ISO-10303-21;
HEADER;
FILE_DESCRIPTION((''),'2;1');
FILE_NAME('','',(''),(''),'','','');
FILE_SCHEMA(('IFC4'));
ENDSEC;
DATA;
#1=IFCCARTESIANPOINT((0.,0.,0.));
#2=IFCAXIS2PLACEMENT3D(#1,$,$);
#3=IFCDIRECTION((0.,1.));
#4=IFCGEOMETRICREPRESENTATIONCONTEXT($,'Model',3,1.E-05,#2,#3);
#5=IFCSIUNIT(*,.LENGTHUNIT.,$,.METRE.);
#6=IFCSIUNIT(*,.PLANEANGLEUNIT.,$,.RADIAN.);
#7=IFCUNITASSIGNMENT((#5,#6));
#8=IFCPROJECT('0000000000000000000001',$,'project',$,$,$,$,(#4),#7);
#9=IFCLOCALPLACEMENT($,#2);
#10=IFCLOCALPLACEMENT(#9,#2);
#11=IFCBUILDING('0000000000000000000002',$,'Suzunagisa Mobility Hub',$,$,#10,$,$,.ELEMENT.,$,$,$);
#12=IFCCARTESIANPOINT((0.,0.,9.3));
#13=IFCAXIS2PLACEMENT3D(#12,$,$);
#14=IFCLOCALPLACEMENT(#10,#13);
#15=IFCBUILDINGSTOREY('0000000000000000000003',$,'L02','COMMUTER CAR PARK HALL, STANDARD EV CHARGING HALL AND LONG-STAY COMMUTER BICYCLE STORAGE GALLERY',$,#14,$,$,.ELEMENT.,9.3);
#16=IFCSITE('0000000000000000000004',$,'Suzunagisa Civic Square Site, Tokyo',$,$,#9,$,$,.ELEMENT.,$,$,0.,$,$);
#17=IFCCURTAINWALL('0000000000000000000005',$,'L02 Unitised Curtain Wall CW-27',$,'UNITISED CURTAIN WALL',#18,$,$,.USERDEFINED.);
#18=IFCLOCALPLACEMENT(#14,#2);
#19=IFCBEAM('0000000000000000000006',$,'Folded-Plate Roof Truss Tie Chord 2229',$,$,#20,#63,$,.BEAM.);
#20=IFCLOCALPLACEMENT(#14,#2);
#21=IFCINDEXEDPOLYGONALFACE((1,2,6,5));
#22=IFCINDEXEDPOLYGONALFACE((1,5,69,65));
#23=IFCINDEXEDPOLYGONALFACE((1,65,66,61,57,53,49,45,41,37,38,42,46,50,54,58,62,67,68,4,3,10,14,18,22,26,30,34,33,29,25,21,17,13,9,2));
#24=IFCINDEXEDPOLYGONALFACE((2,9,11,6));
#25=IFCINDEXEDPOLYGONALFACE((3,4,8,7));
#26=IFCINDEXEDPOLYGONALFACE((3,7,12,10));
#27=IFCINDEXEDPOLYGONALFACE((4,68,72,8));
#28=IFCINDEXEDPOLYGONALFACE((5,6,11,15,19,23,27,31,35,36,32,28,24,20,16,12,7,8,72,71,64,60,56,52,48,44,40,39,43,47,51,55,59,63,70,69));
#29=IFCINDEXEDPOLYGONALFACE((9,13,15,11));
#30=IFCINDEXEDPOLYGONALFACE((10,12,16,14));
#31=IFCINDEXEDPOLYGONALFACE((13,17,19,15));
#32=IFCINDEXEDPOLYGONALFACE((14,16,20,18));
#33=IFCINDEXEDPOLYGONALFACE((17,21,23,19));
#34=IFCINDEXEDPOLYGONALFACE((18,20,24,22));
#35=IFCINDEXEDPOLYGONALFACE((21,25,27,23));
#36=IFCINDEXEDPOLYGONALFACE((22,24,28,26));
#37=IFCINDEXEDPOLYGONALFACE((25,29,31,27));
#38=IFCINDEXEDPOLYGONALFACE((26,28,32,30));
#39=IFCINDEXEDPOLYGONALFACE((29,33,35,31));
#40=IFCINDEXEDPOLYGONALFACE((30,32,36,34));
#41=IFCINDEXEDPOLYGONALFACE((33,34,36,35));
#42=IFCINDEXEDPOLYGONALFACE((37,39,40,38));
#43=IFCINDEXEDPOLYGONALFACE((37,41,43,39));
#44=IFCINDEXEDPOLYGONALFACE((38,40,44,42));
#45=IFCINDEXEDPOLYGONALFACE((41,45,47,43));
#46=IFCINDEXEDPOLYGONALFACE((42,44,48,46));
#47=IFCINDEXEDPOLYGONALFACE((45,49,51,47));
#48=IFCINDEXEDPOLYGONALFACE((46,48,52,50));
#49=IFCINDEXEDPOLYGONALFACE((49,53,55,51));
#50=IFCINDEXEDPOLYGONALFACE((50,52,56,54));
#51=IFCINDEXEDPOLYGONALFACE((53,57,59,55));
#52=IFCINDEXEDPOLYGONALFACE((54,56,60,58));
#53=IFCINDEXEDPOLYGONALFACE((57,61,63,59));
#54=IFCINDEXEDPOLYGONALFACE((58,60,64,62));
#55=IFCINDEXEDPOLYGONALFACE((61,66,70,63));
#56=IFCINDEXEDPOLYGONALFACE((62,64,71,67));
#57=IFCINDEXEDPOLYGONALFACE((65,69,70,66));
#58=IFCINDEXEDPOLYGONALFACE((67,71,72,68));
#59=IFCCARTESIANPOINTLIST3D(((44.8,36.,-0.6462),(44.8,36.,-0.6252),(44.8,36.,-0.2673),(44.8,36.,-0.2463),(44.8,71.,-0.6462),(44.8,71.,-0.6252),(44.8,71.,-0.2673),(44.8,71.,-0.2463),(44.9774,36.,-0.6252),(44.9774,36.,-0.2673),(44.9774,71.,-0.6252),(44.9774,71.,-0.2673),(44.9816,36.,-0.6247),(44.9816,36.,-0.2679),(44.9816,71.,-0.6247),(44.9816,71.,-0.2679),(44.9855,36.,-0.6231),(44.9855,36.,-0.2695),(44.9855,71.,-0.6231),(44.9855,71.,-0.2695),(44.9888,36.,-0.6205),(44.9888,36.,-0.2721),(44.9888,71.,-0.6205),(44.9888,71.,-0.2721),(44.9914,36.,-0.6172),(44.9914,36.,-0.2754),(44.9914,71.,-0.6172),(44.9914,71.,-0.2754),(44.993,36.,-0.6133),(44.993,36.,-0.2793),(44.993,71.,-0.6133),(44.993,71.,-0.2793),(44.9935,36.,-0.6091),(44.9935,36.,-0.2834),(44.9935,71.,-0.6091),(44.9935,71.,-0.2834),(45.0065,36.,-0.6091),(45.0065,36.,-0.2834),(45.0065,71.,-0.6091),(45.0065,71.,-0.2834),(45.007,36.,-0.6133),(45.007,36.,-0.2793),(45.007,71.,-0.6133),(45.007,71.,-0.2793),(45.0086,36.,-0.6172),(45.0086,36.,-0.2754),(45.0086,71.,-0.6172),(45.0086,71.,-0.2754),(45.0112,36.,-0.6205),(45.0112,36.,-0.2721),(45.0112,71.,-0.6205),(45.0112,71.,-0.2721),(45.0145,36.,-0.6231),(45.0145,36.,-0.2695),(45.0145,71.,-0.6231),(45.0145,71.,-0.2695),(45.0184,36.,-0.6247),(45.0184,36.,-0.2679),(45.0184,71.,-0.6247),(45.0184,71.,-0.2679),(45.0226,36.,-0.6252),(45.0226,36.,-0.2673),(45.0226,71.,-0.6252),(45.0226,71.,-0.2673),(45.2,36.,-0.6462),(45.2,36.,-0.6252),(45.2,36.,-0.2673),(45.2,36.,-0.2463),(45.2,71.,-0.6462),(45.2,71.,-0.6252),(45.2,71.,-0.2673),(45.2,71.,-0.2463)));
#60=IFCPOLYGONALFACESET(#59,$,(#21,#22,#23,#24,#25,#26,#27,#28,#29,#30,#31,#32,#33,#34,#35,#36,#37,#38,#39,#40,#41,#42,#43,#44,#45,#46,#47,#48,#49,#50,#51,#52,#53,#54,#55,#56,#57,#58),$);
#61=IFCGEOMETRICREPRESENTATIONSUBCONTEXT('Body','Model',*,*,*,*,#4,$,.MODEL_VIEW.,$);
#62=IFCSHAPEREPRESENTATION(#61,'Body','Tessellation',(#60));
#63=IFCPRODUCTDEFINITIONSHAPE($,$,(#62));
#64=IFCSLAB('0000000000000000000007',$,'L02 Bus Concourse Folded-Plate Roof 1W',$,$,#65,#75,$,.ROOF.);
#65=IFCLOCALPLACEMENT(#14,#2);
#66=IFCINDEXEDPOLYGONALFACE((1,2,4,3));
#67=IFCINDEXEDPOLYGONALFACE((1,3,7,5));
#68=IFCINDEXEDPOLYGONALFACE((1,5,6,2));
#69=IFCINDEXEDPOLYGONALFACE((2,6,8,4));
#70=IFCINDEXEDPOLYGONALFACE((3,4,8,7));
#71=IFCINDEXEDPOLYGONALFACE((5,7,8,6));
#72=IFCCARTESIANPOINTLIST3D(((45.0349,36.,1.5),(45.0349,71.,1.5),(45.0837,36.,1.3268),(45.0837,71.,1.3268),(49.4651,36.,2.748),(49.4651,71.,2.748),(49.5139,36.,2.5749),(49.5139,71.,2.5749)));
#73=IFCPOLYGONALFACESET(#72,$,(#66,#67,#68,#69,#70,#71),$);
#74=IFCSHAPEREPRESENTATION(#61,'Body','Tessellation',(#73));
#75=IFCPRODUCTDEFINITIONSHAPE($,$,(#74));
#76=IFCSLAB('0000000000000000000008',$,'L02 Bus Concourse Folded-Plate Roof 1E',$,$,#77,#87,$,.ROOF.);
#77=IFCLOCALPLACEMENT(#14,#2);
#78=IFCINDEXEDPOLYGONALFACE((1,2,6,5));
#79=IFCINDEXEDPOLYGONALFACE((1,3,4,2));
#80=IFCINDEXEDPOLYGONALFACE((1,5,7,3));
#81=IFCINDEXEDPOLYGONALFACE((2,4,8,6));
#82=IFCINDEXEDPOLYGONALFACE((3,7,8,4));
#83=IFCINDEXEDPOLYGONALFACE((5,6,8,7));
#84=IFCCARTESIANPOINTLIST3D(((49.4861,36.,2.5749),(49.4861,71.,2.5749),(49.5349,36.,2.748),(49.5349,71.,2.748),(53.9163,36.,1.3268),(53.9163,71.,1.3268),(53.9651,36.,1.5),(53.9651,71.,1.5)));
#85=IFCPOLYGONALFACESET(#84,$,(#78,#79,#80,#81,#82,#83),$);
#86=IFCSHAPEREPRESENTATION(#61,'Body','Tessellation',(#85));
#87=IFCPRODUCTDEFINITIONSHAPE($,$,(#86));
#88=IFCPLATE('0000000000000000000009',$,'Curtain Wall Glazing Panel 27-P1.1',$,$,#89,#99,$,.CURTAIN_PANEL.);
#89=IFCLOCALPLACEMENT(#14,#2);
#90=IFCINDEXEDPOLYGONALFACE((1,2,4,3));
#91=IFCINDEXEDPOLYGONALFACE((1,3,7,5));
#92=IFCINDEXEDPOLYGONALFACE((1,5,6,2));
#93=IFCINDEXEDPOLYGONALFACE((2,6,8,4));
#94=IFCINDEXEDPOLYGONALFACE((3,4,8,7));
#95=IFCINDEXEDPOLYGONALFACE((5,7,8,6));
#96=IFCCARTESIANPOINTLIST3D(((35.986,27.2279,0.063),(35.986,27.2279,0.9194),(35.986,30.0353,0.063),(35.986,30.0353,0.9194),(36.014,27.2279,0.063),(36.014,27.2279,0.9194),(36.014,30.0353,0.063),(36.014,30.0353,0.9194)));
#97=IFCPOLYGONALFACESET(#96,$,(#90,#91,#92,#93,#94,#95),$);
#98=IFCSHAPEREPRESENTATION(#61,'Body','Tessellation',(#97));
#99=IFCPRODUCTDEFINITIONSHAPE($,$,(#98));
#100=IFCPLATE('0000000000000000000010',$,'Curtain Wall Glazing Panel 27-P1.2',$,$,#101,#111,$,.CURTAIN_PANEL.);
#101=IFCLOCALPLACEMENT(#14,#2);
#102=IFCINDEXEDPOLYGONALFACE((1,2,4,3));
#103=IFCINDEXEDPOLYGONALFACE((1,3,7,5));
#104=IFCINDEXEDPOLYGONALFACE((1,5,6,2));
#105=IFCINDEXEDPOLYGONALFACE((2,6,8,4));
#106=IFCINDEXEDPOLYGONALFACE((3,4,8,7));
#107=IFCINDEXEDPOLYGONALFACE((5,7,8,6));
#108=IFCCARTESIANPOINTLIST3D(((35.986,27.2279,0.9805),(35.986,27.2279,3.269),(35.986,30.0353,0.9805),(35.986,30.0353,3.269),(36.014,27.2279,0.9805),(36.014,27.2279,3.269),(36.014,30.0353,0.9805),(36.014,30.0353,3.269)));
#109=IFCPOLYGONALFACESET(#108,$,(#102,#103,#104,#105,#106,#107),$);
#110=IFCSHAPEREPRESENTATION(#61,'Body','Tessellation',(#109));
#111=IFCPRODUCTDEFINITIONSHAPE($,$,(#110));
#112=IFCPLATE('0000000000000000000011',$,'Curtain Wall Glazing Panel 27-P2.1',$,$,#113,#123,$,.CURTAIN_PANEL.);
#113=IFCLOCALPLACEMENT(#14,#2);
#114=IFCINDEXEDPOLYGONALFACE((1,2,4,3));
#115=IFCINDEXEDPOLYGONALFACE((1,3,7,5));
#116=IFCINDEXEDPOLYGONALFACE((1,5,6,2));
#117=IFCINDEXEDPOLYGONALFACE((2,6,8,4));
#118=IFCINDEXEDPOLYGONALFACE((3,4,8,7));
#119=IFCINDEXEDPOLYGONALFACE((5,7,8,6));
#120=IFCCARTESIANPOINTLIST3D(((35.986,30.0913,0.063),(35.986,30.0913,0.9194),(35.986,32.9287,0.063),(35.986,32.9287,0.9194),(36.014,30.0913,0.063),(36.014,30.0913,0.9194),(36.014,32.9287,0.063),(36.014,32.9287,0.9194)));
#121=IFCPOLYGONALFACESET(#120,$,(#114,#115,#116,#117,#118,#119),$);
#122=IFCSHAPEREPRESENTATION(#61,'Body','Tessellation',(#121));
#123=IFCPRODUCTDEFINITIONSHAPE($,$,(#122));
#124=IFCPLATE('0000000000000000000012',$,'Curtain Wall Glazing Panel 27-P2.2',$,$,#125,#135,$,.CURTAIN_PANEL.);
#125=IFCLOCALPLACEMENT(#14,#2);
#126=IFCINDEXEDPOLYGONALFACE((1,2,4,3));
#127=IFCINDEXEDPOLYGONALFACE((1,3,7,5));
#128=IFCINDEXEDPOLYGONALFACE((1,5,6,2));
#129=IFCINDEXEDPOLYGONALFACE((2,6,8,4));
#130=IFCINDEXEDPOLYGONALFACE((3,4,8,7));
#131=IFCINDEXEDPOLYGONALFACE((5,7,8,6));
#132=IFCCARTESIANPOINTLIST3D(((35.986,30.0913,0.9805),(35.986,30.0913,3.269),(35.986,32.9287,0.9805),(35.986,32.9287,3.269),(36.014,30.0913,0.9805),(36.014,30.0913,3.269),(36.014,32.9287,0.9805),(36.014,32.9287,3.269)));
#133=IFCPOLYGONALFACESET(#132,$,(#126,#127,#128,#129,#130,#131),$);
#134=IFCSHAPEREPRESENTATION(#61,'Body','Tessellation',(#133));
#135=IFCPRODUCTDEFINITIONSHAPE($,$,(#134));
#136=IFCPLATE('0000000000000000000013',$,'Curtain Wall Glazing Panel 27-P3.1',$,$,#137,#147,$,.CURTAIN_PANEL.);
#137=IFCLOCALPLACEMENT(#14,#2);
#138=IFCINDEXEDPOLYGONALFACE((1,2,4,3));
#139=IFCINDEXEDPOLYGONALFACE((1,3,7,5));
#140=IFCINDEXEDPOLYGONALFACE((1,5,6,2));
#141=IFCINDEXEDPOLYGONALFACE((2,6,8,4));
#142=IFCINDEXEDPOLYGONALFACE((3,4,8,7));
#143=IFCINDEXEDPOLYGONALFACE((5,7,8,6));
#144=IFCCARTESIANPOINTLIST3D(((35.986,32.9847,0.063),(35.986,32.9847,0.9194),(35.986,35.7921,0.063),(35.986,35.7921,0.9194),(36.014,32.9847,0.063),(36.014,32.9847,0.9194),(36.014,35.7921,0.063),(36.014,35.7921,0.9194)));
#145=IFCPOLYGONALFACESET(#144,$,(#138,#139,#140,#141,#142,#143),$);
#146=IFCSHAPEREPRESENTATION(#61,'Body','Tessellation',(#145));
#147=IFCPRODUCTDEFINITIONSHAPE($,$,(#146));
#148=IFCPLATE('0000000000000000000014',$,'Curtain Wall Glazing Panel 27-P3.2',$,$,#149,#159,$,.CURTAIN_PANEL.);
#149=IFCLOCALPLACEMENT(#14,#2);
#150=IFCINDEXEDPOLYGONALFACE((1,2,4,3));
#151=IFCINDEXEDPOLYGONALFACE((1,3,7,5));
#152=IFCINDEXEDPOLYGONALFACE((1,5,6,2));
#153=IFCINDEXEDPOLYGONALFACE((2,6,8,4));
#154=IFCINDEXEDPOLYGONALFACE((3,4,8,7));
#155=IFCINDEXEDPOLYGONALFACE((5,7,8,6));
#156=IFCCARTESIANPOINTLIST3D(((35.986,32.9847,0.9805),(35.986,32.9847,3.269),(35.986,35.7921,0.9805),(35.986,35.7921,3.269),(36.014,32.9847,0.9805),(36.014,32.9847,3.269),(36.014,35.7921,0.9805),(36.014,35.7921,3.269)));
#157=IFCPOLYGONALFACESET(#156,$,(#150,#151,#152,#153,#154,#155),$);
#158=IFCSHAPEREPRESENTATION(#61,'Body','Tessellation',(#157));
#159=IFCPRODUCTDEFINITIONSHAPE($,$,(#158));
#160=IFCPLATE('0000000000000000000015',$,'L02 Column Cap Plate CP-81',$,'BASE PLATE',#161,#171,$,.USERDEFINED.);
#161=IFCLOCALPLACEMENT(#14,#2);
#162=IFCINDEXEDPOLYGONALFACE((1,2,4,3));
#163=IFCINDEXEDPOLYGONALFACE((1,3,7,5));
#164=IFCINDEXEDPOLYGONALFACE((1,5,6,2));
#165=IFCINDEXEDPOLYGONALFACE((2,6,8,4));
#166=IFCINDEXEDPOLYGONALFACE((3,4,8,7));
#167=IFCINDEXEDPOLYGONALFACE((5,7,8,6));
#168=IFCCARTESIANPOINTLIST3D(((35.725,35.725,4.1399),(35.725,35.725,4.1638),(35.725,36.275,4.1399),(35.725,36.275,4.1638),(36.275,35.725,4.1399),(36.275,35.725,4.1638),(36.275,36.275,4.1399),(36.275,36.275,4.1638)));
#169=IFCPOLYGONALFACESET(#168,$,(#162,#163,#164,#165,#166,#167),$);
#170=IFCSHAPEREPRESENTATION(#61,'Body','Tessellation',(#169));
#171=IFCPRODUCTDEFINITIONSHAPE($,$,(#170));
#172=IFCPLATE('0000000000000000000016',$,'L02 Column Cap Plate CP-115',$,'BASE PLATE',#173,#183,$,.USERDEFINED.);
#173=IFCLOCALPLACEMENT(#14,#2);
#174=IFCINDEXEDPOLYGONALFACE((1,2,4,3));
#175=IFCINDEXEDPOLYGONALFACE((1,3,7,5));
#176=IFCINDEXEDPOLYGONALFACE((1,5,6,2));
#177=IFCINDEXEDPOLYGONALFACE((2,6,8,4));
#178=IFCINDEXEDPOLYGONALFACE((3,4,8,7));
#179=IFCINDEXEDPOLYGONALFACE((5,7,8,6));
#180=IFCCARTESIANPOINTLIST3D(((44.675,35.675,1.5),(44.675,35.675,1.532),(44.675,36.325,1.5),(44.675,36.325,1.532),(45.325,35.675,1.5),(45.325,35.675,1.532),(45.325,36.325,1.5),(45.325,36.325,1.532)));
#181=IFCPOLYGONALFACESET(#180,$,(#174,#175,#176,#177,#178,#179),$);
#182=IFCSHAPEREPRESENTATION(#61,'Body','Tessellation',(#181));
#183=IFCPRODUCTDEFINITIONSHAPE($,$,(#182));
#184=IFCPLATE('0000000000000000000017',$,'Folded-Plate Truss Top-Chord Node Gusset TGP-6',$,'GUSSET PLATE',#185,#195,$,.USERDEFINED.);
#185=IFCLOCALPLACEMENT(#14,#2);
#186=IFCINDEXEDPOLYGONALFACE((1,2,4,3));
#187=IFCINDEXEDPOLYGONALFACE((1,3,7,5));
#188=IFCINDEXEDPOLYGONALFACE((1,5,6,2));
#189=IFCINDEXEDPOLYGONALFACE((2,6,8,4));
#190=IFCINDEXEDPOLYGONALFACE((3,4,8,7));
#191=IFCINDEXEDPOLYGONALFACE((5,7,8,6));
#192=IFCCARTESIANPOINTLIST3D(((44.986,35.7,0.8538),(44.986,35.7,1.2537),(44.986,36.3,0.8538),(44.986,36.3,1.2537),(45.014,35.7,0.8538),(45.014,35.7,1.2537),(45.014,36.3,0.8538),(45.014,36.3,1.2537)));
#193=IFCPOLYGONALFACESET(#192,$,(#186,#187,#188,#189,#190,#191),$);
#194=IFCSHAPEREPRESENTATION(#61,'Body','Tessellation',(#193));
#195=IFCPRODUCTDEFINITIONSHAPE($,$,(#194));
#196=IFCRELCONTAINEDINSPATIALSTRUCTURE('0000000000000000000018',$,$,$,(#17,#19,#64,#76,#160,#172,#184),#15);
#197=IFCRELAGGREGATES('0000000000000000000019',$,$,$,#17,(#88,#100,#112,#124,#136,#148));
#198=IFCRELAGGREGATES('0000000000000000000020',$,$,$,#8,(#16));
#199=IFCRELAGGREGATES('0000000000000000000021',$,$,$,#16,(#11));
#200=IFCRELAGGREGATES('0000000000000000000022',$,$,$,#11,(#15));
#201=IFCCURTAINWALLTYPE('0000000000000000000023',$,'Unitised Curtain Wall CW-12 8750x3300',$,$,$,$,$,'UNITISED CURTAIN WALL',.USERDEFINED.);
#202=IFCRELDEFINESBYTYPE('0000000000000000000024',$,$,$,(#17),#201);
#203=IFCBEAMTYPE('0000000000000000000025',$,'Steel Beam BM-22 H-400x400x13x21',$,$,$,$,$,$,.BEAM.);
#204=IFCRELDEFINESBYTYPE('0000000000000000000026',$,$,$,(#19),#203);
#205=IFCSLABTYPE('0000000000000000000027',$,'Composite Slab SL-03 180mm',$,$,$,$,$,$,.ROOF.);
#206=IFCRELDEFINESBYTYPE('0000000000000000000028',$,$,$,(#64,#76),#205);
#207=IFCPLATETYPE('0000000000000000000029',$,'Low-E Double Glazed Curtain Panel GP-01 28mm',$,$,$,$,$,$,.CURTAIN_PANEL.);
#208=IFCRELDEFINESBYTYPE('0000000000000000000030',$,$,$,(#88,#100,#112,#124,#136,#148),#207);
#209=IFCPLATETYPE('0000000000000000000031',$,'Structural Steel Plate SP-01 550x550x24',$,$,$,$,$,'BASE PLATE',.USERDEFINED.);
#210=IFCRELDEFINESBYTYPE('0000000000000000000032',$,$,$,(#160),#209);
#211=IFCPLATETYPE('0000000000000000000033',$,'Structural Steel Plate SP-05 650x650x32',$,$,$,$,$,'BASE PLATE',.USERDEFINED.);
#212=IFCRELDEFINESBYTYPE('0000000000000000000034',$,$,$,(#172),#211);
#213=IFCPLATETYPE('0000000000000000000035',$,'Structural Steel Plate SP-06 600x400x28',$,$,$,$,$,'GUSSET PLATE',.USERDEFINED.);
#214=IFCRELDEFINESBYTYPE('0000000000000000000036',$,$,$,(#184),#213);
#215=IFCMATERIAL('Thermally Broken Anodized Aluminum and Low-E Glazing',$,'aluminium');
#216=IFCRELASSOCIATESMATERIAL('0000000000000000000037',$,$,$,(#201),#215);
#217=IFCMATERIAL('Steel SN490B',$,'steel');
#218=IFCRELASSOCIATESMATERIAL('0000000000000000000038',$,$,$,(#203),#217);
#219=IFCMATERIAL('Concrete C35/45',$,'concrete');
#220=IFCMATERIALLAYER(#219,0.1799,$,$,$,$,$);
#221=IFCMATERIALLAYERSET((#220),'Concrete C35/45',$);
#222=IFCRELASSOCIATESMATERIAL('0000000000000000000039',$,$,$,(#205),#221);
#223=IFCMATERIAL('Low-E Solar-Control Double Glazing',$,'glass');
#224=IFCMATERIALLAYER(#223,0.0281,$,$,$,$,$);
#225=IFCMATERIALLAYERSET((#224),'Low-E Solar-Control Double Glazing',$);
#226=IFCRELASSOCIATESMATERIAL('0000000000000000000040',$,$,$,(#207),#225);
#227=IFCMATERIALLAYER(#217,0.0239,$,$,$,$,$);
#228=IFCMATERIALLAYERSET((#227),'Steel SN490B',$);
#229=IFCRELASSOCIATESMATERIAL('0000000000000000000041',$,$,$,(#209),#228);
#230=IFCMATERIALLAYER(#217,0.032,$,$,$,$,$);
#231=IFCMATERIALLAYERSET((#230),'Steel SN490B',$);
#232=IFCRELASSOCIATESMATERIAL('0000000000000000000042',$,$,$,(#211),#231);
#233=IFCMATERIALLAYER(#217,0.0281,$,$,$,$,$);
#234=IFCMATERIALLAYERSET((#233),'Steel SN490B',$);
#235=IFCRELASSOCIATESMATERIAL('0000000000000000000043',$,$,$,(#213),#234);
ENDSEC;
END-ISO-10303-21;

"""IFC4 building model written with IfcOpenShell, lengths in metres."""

from ifc_helpers import new_model, si_unit, direction, frame, origin, origin_2d, place, context, subcontext, project, spatial, polyline, rectangle, i_section, outline, extrude, material, layer, layer_set, material_profile, profile_set, type_object, element, aggregate, save


model = new_model("IFC4")

# Units and contexts
model_context = context("Model", 3, precision=1e-05, world=origin(), true_north=direction((0.0, 1.0)))
body_context = subcontext(model_context, "Body", "Model", "MODEL_VIEW")
ifc_project = project(units=[si_unit("LENGTHUNIT", "METRE"), si_unit("PLANEANGLEUNIT", "RADIAN")], contexts=[model_context])

# Site, building, storey
site_placement = place(None, origin())
site = spatial("IfcSite", under=ifc_project, at=site_placement, Name="Suzunagisa Civic Square Site, Tokyo", CompositionType="ELEMENT", RefElevation=0.0)
building_placement = place(site_placement, origin())
building = spatial("IfcBuilding", under=site, at=building_placement, Name="Suzunagisa Mobility Hub", CompositionType="ELEMENT")
storey_placement = place(building_placement, frame((0.0, 0.0, 9.3)))
storey = spatial("IfcBuildingStorey", under=building, at=storey_placement, Name="L02", Description="COMMUTER CAR PARK HALL, STANDARD EV CHARGING HALL AND LONG-STAY COMMUTER BICYCLE STORAGE GALLERY", CompositionType="ELEMENT", Elevation=9.3)

# Shared definitions
ifc_material_1 = material(Name="Steel SN490B", Category="steel")

# Curtain wall
ifc_material_2 = material(Name="Thermally Broken Anodized Aluminum and Low-E Glazing", Category="aluminium")
curtain_wall_type = type_object("IfcCurtainWallType", Name="Unitised Curtain Wall CW-12 8750x3300", ElementType="UNITISED CURTAIN WALL", PredefinedType="USERDEFINED", material=ifc_material_2)
curtain_wall_placement = place(storey_placement, origin())
curtain_wall = element("IfcCurtainWall", 1, at=curtain_wall_placement, inside=storey, type_object=curtain_wall_type, Name="L02 Unitised Curtain Wall CW-27", ObjectType="UNITISED CURTAIN WALL", PredefinedType="USERDEFINED")

# Beam
ifc_material_profile_1 = material_profile(ifc_material_1, i_section(OverallWidth=0.3999, OverallDepth=0.3999, WebThickness=0.0129, FlangeThickness=0.021, FilletRadius=0.0161, at=origin_2d()), Name="H-400x400x13x21")
ifc_profile_set_1 = profile_set([ifc_material_profile_1], Name="Steel SN490B")
beam_type_1 = type_object("IfcBeamType", Name="Steel Beam BM-22 H-400x400x13x21", PredefinedType="BEAM", material=ifc_profile_set_1)
beam_1_placement = place(storey_placement, frame((45.0, 36.0, -0.4463), z_axis=(0.0, 1.0, 0.0), x_axis=(-1.0, 0.0, 0.0)))
element("IfcBeam", 2, at=beam_1_placement, inside=storey, type_object=beam_type_1, Name="Folded-Plate Roof Truss Tie Chord 2229", PredefinedType="BEAM", context=body_context, shape_type="SweptSolid", body=[
    extrude(i_section(OverallWidth=0.3999, OverallDepth=0.3999, WebThickness=0.0129, FlangeThickness=0.021, FilletRadius=0.0161, at=origin_2d()), origin(), (0.0, 0.0, 1.0), 35.0),
])

# Slabs
ifc_material_3 = material(Name="Concrete C35/45", Category="concrete")
ifc_layer_1 = layer(ifc_material_3, 0.1799)
ifc_layer_set_1 = layer_set([ifc_layer_1], Name="Concrete C35/45")
slab_type = type_object("IfcSlabType", Name="Composite Slab SL-03 180mm", PredefinedType="ROOF", material=ifc_layer_set_1)
for number, where, z_axis, x_axis, name in (
    (3, (45.0349, 36.0, 1.5), (-0.27116, 0.0, 0.962534), (0.962534, 0.0, 0.27116), "L02 Bus Concourse Folded-Plate Roof 1W"),
    (4, (49.5349, 36.0, 2.748), (0.27116, 0.0, 0.962534), (0.962534, 0.0, -0.27116), "L02 Bus Concourse Folded-Plate Roof 1E"),
):
    element("IfcSlab", number, at=place(storey_placement, frame(where, z_axis=z_axis, x_axis=x_axis)), inside=storey, type_object=slab_type, Name=name, PredefinedType="ROOF", context=body_context, shape_type="SweptSolid", body=[
        extrude(outline(polyline([(0.0, 0.0), (4.6026, 0.0), (4.6026, 35.0), (0.0, 35.0), (0.0, 0.0)])), origin(), (0.0, 0.0, -1.0), 0.1799),
    ])

# Plates
ifc_material_4 = material(Name="Low-E Solar-Control Double Glazing", Category="glass")
ifc_layer_2 = layer(ifc_material_4, 0.0281)
ifc_layer_set_2 = layer_set([ifc_layer_2], Name="Low-E Solar-Control Double Glazing")
plate_type_1 = type_object("IfcPlateType", Name="Low-E Double Glazed Curtain Panel GP-01 28mm", PredefinedType="CURTAIN_PANEL", material=ifc_layer_set_2)
plate_1_placement = place(storey_placement, frame((36.0, 28.6316, 0.063), z_axis=(0.0, 0.0, 1.0), x_axis=(0.0, 1.0, 0.0)))
plate_1 = element("IfcPlate", 5, at=plate_1_placement, type_object=plate_type_1, Name="Curtain Wall Glazing Panel 27-P1.1", PredefinedType="CURTAIN_PANEL", context=body_context, shape_type="SweptSolid", body=[
    extrude(rectangle(XDim=2.8074, YDim=0.0281, at=origin_2d()), origin(), (0.0, 0.0, 1.0), 0.8564),
])
plate_2_placement = place(storey_placement, frame((36.0, 28.6316, 0.9805), z_axis=(0.0, 0.0, 1.0), x_axis=(0.0, 1.0, 0.0)))
plate_2 = element("IfcPlate", 6, at=plate_2_placement, type_object=plate_type_1, Name="Curtain Wall Glazing Panel 27-P1.2", PredefinedType="CURTAIN_PANEL", context=body_context, shape_type="SweptSolid", body=[
    extrude(rectangle(XDim=2.8074, YDim=0.0281, at=origin_2d()), origin(), (0.0, 0.0, 1.0), 2.2886),
])
plate_3_placement = place(storey_placement, frame((36.0, 31.51, 0.063), z_axis=(0.0, 0.0, 1.0), x_axis=(0.0, 1.0, 0.0)))
plate_3 = element("IfcPlate", 7, at=plate_3_placement, type_object=plate_type_1, Name="Curtain Wall Glazing Panel 27-P2.1", PredefinedType="CURTAIN_PANEL", context=body_context, shape_type="SweptSolid", body=[
    extrude(rectangle(XDim=2.8374, YDim=0.0281, at=origin_2d()), origin(), (0.0, 0.0, 1.0), 0.8564),
])
plate_4_placement = place(storey_placement, frame((36.0, 31.51, 0.9805), z_axis=(0.0, 0.0, 1.0), x_axis=(0.0, 1.0, 0.0)))
plate_4 = element("IfcPlate", 8, at=plate_4_placement, type_object=plate_type_1, Name="Curtain Wall Glazing Panel 27-P2.2", PredefinedType="CURTAIN_PANEL", context=body_context, shape_type="SweptSolid", body=[
    extrude(rectangle(XDim=2.8374, YDim=0.0281, at=origin_2d()), origin(), (0.0, 0.0, 1.0), 2.2886),
])
plate_5_placement = place(storey_placement, frame((36.0, 34.3884, 0.063), z_axis=(0.0, 0.0, 1.0), x_axis=(0.0, 1.0, 0.0)))
plate_5 = element("IfcPlate", 9, at=plate_5_placement, type_object=plate_type_1, Name="Curtain Wall Glazing Panel 27-P3.1", PredefinedType="CURTAIN_PANEL", context=body_context, shape_type="SweptSolid", body=[
    extrude(rectangle(XDim=2.8074, YDim=0.0281, at=origin_2d()), origin(), (0.0, 0.0, 1.0), 0.8564),
])
plate_6_placement = place(storey_placement, frame((36.0, 34.3884, 0.9805), z_axis=(0.0, 0.0, 1.0), x_axis=(0.0, 1.0, 0.0)))
plate_6 = element("IfcPlate", 10, at=plate_6_placement, type_object=plate_type_1, Name="Curtain Wall Glazing Panel 27-P3.2", PredefinedType="CURTAIN_PANEL", context=body_context, shape_type="SweptSolid", body=[
    extrude(rectangle(XDim=2.8074, YDim=0.0281, at=origin_2d()), origin(), (0.0, 0.0, 1.0), 2.2886),
])
aggregate(curtain_wall, [plate_1, plate_2, plate_3, plate_4, plate_5, plate_6])

# Plates
ifc_layer_3 = layer(ifc_material_1, 0.0239)
ifc_layer_set_3 = layer_set([ifc_layer_3], Name="Steel SN490B")
plate_type_2 = type_object("IfcPlateType", Name="Structural Steel Plate SP-01 550x550x24", ElementType="BASE PLATE", PredefinedType="USERDEFINED", material=ifc_layer_set_3)
plate_7_placement = place(storey_placement, frame((36.0, 36.0, 4.1399), z_axis=(0.0, 0.0, 1.0), x_axis=(1.0, 0.0, 0.0)))
element("IfcPlate", 11, at=plate_7_placement, inside=storey, type_object=plate_type_2, Name="L02 Column Cap Plate CP-81", ObjectType="BASE PLATE", PredefinedType="USERDEFINED", context=body_context, shape_type="SweptSolid", body=[
    extrude(rectangle(XDim=0.55, YDim=0.55, at=origin_2d()), origin(), (0.0, 0.0, 1.0), 0.0239),
])
ifc_layer_4 = layer(ifc_material_1, 0.032)
ifc_layer_set_4 = layer_set([ifc_layer_4], Name="Steel SN490B")
plate_type_3 = type_object("IfcPlateType", Name="Structural Steel Plate SP-05 650x650x32", ElementType="BASE PLATE", PredefinedType="USERDEFINED", material=ifc_layer_set_4)
plate_8_placement = place(storey_placement, frame((45.0, 36.0, 1.5), z_axis=(0.0, 0.0, 1.0), x_axis=(1.0, 0.0, 0.0)))
element("IfcPlate", 12, at=plate_8_placement, inside=storey, type_object=plate_type_3, Name="L02 Column Cap Plate CP-115", ObjectType="BASE PLATE", PredefinedType="USERDEFINED", context=body_context, shape_type="SweptSolid", body=[
    extrude(rectangle(XDim=0.6499, YDim=0.6499, at=origin_2d()), origin(), (0.0, 0.0, 1.0), 0.032),
])
ifc_layer_5 = layer(ifc_material_1, 0.0281)
ifc_layer_set_5 = layer_set([ifc_layer_5], Name="Steel SN490B")
plate_type_4 = type_object("IfcPlateType", Name="Structural Steel Plate SP-06 600x400x28", ElementType="GUSSET PLATE", PredefinedType="USERDEFINED", material=ifc_layer_set_5)
plate_9_placement = place(storey_placement, frame((45.0, 36.0, 0.8538), z_axis=(0.0, 0.0, 1.0), x_axis=(1.0, 0.0, 0.0)))
element("IfcPlate", 13, at=plate_9_placement, inside=storey, type_object=plate_type_4, Name="Folded-Plate Truss Top-Chord Node Gusset TGP-6", ObjectType="GUSSET PLATE", PredefinedType="USERDEFINED", context=body_context, shape_type="SweptSolid", body=[
    extrude(rectangle(XDim=0.0281, YDim=0.6001, at=origin_2d()), origin(), (0.0, 0.0, 1.0), 0.3999),
])

save(model, "model.ifc")
